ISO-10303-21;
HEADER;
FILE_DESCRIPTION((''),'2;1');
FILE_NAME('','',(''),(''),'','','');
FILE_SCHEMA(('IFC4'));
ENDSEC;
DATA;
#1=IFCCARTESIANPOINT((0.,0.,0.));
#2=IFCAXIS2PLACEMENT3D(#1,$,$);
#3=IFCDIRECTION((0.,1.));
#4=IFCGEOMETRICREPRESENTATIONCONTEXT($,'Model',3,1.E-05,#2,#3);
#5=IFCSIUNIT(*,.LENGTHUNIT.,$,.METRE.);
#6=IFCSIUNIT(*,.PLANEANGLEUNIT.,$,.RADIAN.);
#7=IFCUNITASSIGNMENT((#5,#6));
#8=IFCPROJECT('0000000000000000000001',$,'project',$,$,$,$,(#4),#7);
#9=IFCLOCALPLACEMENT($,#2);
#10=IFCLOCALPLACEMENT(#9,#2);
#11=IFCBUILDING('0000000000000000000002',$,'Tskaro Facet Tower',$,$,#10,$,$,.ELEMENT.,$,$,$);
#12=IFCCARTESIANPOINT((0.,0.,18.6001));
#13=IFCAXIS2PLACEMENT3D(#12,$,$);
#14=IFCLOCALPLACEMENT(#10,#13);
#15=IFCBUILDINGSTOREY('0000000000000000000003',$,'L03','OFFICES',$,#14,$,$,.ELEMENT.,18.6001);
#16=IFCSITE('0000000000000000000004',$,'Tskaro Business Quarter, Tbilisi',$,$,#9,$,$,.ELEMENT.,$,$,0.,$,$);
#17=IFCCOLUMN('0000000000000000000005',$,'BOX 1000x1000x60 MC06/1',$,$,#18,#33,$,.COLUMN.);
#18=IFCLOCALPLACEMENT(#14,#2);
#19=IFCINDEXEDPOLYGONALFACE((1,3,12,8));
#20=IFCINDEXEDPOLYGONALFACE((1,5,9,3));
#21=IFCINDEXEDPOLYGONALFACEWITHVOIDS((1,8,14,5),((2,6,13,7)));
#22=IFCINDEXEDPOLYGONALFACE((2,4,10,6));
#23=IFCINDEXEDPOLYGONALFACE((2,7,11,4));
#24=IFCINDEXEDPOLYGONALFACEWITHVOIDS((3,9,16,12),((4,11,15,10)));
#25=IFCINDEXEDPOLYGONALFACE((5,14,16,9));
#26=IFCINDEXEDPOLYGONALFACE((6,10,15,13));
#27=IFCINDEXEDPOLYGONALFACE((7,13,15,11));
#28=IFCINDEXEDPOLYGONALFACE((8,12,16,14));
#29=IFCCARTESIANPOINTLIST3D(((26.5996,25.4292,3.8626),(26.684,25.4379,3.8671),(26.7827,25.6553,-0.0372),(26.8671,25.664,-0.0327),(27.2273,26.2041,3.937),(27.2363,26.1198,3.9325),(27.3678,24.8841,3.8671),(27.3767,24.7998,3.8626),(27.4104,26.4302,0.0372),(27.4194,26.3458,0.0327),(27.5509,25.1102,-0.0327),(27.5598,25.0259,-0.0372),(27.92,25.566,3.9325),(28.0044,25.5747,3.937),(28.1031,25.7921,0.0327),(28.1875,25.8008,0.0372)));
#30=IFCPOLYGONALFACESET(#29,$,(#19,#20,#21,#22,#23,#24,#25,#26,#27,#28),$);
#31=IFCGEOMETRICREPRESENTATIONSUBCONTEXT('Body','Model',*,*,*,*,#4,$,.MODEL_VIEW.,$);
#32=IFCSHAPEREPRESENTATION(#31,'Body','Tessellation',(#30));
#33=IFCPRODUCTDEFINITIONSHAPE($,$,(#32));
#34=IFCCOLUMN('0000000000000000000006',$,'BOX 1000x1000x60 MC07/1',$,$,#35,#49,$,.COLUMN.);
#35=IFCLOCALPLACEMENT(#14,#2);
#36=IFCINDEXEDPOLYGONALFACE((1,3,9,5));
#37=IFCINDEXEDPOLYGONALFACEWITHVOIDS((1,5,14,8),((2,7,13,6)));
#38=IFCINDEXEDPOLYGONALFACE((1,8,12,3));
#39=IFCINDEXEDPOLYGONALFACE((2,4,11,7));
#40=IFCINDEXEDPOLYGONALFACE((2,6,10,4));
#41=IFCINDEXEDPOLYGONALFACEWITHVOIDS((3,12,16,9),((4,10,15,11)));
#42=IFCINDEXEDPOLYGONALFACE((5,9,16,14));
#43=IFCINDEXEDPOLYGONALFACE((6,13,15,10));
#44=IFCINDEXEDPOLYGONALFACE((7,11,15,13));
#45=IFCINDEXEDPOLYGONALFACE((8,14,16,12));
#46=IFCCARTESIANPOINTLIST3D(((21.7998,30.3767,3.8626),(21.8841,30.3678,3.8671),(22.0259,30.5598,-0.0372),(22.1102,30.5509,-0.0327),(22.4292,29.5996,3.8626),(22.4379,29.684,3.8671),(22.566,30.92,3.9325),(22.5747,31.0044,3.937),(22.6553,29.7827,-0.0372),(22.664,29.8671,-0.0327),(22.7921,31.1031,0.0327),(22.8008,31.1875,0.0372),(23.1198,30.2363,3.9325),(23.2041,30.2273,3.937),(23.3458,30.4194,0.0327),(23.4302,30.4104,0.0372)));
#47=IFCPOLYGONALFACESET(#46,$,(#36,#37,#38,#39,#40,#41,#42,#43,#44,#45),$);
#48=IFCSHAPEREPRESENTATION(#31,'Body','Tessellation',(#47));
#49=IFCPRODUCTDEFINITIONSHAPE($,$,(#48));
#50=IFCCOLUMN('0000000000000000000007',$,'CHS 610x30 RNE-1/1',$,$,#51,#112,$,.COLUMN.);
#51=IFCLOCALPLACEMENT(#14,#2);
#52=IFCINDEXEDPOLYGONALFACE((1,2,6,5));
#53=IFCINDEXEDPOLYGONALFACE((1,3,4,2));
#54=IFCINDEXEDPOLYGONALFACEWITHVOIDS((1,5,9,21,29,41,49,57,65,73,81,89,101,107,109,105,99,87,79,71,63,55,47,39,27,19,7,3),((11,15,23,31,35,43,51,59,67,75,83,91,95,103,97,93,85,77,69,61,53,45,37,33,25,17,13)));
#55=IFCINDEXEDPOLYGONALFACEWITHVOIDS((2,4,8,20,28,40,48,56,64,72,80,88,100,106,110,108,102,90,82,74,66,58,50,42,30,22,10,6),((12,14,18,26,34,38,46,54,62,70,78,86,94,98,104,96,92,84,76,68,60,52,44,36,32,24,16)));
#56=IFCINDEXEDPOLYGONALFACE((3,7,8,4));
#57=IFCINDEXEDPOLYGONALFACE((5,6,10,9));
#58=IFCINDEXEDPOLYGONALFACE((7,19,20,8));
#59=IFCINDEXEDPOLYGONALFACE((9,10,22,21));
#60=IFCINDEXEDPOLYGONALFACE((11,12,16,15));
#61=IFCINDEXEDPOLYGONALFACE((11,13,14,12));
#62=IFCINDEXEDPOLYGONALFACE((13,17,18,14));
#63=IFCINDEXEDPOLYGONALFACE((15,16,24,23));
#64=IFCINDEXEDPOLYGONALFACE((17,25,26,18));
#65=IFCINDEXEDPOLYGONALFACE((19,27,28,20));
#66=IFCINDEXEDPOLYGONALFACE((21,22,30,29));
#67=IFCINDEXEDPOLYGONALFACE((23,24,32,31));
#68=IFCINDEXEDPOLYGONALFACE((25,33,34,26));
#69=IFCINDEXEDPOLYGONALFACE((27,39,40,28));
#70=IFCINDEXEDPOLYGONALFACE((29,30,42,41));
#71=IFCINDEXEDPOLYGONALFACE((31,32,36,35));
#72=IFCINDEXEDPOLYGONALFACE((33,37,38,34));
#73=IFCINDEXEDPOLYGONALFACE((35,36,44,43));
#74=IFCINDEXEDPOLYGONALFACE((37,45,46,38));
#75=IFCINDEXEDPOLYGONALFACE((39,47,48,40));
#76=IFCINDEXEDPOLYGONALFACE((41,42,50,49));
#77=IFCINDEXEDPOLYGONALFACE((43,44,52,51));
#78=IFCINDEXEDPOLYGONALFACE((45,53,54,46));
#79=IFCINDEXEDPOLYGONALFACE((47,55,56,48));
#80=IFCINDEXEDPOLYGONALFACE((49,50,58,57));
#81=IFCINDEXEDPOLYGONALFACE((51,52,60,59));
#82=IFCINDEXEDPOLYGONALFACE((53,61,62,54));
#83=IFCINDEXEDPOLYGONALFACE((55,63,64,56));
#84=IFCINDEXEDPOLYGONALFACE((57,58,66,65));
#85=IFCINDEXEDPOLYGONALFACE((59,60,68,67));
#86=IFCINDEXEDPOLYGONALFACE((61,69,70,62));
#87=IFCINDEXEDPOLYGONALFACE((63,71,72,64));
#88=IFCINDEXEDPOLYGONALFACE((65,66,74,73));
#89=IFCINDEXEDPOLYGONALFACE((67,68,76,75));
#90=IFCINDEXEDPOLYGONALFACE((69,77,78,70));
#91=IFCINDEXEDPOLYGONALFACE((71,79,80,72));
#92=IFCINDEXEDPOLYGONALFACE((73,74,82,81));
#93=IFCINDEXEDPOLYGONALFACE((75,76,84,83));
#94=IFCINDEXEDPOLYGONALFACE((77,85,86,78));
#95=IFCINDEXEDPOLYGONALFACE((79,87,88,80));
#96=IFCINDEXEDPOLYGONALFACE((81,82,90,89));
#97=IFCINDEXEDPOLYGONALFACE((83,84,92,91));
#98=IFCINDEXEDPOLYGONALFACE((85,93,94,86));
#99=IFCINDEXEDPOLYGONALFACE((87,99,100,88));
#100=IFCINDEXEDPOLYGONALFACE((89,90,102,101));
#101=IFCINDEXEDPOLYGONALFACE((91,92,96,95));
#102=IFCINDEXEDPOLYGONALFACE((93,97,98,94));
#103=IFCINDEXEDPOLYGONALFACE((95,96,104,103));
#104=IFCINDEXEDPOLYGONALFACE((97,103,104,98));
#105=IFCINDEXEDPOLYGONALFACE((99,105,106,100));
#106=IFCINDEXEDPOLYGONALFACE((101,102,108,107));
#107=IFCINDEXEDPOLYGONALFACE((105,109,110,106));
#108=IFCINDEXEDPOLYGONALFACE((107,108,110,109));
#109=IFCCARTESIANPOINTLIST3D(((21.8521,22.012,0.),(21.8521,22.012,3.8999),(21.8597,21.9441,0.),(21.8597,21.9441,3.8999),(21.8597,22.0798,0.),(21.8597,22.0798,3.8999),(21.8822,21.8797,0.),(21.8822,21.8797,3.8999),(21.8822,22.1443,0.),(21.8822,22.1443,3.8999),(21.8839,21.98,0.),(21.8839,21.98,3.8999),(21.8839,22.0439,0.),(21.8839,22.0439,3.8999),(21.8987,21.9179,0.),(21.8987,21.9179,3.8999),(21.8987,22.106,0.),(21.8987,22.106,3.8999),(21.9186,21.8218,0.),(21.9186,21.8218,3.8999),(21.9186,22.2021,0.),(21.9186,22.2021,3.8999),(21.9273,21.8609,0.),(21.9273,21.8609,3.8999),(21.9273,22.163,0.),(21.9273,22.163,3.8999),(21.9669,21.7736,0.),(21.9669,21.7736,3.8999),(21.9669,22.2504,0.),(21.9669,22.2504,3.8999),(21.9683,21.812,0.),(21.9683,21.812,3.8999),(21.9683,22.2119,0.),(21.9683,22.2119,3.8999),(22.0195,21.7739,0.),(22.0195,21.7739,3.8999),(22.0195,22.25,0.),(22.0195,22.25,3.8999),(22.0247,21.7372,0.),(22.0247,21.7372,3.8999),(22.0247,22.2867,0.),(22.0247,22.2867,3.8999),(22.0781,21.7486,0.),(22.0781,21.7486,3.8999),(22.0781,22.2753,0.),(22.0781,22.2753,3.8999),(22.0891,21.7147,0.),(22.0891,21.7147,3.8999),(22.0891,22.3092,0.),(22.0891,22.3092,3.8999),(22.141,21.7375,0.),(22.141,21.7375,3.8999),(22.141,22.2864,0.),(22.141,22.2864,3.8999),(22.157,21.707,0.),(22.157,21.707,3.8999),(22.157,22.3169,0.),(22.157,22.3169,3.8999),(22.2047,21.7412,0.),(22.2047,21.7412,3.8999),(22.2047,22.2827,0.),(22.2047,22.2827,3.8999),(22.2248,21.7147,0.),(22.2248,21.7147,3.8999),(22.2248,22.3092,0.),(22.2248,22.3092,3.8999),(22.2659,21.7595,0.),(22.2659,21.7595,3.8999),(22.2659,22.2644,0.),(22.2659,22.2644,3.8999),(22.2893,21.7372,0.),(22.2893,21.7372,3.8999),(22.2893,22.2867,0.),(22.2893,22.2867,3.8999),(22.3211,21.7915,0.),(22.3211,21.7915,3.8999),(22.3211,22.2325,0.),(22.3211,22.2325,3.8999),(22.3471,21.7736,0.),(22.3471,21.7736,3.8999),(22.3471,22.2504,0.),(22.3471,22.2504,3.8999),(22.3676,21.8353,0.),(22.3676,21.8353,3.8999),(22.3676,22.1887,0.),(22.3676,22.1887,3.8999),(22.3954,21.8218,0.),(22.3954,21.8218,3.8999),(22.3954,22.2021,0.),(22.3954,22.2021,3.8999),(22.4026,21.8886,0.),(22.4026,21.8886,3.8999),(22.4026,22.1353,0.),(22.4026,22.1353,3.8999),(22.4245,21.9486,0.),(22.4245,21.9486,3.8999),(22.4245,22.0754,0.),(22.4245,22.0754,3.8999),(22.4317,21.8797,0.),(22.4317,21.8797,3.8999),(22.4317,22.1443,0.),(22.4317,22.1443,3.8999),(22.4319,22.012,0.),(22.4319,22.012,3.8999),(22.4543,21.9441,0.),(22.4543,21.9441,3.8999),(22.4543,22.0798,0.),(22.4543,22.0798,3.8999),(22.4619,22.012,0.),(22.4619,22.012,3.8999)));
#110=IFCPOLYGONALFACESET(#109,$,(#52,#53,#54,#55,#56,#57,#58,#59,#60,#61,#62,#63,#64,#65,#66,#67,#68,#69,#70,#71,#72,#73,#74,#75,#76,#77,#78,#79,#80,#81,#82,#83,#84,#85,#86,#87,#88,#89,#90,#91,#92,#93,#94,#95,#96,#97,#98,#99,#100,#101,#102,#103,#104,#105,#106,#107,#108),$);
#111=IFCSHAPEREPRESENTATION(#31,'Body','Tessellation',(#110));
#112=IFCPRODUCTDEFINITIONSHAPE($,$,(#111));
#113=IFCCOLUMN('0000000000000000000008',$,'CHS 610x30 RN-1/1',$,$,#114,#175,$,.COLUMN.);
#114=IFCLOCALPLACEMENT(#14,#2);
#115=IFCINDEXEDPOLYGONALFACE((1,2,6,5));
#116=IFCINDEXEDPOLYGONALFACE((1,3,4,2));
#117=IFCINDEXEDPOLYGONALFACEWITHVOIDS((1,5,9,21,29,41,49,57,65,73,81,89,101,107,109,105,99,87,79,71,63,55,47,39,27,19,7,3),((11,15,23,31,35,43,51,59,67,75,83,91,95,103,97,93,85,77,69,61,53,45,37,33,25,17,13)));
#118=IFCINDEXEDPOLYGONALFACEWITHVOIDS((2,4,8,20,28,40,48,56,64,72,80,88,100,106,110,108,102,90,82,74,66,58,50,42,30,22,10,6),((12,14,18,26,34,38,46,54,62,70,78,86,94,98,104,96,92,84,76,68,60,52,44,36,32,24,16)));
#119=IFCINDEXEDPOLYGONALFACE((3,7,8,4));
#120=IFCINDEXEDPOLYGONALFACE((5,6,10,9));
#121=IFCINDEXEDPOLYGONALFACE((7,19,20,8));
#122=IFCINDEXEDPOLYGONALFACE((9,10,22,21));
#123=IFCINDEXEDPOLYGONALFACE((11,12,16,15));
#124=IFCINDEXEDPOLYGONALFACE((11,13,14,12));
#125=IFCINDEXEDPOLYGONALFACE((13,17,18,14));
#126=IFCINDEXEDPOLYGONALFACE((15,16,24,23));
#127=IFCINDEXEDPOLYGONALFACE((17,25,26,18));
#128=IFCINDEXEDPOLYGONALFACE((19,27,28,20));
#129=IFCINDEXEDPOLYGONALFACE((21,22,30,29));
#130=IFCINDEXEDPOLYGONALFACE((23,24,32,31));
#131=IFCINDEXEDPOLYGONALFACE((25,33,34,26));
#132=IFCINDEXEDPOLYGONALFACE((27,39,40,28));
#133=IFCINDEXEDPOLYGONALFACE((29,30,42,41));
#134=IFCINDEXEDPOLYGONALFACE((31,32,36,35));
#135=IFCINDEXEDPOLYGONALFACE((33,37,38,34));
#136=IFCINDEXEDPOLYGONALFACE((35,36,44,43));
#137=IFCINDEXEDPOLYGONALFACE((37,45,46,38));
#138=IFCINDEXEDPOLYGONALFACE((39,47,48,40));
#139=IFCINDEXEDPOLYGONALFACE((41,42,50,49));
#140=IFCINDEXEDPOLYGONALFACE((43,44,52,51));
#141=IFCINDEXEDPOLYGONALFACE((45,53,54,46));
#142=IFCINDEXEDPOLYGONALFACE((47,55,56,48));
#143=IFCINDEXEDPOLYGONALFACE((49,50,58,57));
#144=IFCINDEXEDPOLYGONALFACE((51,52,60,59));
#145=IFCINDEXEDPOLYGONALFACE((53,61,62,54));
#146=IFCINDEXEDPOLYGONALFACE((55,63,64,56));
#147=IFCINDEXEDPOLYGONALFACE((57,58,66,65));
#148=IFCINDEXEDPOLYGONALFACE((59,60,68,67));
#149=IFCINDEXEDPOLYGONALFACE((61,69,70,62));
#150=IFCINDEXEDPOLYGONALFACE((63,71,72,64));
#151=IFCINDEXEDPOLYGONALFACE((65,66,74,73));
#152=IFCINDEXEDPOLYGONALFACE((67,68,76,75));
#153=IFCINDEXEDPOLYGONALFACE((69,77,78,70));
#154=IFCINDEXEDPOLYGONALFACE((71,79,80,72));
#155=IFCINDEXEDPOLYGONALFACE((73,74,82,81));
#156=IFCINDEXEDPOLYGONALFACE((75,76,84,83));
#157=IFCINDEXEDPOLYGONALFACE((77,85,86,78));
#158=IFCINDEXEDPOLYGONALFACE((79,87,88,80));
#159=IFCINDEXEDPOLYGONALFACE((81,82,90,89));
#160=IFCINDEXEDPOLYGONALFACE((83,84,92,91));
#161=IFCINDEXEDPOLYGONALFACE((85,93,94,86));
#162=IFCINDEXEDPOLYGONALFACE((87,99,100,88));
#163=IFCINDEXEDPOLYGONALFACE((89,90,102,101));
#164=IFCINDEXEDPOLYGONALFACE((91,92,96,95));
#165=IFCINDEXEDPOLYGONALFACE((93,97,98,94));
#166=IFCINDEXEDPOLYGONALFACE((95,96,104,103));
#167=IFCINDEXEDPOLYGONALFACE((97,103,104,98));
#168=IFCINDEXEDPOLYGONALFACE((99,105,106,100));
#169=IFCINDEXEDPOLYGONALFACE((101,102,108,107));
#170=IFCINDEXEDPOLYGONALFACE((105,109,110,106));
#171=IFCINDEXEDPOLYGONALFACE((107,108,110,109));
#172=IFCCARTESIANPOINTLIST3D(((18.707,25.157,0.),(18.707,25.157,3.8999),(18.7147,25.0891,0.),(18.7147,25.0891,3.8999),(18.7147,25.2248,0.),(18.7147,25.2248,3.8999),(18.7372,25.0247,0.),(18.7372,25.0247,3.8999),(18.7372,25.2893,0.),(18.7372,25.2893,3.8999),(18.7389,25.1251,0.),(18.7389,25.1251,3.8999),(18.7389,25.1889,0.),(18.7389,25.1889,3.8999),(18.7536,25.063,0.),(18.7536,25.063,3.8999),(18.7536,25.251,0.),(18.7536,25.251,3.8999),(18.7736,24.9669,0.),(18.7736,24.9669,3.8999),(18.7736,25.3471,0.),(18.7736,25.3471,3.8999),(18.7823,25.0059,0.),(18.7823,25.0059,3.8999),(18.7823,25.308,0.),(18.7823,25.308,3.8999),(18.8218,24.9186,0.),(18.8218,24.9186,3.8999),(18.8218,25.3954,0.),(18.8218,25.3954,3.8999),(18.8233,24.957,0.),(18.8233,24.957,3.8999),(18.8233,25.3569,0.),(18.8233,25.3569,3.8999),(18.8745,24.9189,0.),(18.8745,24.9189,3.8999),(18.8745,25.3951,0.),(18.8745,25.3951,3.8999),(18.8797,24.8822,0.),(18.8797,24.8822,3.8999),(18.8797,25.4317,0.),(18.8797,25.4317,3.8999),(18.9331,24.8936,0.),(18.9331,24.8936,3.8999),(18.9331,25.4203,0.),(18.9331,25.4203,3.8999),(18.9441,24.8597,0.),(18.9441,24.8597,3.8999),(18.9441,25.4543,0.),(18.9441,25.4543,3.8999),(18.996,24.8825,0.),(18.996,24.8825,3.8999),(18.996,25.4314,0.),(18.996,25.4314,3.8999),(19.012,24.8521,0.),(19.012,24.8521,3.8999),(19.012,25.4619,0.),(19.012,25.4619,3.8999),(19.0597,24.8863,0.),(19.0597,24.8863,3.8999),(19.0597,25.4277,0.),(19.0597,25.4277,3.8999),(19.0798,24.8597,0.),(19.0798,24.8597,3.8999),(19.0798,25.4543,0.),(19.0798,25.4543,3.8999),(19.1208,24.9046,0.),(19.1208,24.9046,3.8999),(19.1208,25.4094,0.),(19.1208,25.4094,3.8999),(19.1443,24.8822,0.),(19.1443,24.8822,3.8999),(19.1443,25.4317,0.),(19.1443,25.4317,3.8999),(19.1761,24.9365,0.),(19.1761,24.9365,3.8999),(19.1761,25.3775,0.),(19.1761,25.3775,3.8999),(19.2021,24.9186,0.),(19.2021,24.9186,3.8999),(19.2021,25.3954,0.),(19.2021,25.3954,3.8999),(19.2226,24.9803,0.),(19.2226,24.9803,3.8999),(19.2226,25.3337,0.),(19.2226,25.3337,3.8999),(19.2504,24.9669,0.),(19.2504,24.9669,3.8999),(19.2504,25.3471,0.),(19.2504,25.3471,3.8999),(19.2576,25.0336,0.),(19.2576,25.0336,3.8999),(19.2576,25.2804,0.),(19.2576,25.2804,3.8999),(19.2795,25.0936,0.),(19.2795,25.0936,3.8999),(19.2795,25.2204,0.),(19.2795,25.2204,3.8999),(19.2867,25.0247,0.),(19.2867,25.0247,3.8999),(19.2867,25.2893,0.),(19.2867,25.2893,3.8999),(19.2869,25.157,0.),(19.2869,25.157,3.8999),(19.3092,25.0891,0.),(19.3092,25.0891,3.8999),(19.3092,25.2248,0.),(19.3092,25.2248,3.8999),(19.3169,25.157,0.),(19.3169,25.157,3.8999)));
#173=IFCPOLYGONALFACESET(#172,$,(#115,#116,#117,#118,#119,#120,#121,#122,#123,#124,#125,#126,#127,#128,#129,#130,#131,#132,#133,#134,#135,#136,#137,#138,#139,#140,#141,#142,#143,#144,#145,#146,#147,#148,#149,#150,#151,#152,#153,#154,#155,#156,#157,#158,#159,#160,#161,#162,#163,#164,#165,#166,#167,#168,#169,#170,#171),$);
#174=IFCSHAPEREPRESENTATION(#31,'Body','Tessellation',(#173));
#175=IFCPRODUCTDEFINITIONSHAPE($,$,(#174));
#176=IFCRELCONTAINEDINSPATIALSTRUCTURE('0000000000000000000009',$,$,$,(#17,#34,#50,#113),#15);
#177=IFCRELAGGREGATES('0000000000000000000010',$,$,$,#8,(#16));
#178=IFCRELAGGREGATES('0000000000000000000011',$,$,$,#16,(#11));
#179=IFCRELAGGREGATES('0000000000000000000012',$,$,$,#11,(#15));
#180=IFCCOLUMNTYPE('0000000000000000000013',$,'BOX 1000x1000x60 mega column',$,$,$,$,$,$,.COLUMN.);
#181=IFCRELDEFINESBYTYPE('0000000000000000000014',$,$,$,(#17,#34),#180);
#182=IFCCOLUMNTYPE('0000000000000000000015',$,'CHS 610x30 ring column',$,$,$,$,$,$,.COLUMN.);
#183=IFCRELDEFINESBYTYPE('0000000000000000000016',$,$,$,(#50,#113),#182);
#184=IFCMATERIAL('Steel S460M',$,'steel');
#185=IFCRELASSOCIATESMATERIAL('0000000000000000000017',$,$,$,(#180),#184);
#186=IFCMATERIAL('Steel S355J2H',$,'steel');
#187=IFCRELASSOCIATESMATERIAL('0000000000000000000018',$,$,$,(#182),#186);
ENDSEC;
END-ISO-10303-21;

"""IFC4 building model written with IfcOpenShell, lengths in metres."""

from ifc_helpers import new_model, si_unit, direction, frame, origin, origin_2d, place, context, subcontext, project, spatial, hollow_rectangle, hollow_circle, extrude, material, material_profile, profile_set, type_object, element, save


model = new_model("IFC4")

# Units and contexts
model_context = context("Model", 3, precision=1e-05, world=origin(), true_north=direction((0.0, 1.0)))
body_context = subcontext(model_context, "Body", "Model", "MODEL_VIEW")
ifc_project = project(units=[si_unit("LENGTHUNIT", "METRE"), si_unit("PLANEANGLEUNIT", "RADIAN")], contexts=[model_context])

# Site, building, storey
site_placement = place(None, origin())
site = spatial("IfcSite", under=ifc_project, at=site_placement, Name="Tskaro Business Quarter, Tbilisi", CompositionType="ELEMENT", RefElevation=0.0)
building_placement = place(site_placement, origin())
building = spatial("IfcBuilding", under=site, at=building_placement, Name="Tskaro Facet Tower", CompositionType="ELEMENT")
storey_placement = place(building_placement, frame((0.0, 0.0, 18.6001)))
storey = spatial("IfcBuildingStorey", under=building, at=storey_placement, Name="L03", Description="OFFICES", CompositionType="ELEMENT", Elevation=18.6001)

# Columns
ifc_material_1 = material(Name="Steel S460M", Category="steel")
ifc_material_profile_1 = material_profile(ifc_material_1, hollow_rectangle(XDim=1.0, YDim=1.0, WallThickness=0.0601, at=origin_2d()), Name="BOX 1000x1000x60")
ifc_profile_set_1 = profile_set([ifc_material_profile_1], Name="Steel S460M")
column_type_1 = type_object("IfcColumnType", Name="BOX 1000x1000x60 mega column", PredefinedType="COLUMN", material=ifc_profile_set_1)
for number, where, z_axis, x_axis, name in (
    (1, (27.4851, 25.728, 0.0), (-0.046821, -0.057809, 0.997229), (0.777089, -0.629391, 0.0), "BOX 1000x1000x60 MC06/1"),
    (2, (22.728, 30.4851, 0.0), (-0.057809, -0.046821, 0.997229), (0.629391, -0.777089, 0.0), "BOX 1000x1000x60 MC07/1"),
):
    element("IfcColumn", number, at=place(storey_placement, frame(where, z_axis=z_axis, x_axis=x_axis)), inside=storey, type_object=column_type_1, Name=name, PredefinedType="COLUMN", context=body_context, shape_type="SweptSolid", body=[
        extrude(hollow_rectangle(XDim=1.0, YDim=1.0, WallThickness=0.0601, at=origin_2d()), origin(), (0.0, 0.0, 1.0), 3.9106),
    ])
ifc_material_2 = material(Name="Steel S355J2H", Category="steel")
ifc_material_profile_2 = material_profile(ifc_material_2, hollow_circle(Radius=0.3049, WallThickness=0.03, at=origin_2d()), Name="CHS 610x30")
ifc_profile_set_2 = profile_set([ifc_material_profile_2], Name="Steel S355J2H")
column_type_2 = type_object("IfcColumnType", Name="CHS 610x30 ring column", PredefinedType="COLUMN", material=ifc_profile_set_2)
for number, where, z_axis, x_axis, name in (
    (3, (22.157, 22.012, 0.0), (0.0, 0.0, 1.0), (1.0, 0.0, 0.0), "CHS 610x30 RNE-1/1"),
    (4, (19.012, 25.157, 0.0), (0.0, 0.0, 1.0), (1.0, 0.0, 0.0), "CHS 610x30 RN-1/1"),
):
    element("IfcColumn", number, at=place(storey_placement, frame(where, z_axis=z_axis, x_axis=x_axis)), inside=storey, type_object=column_type_2, Name=name, PredefinedType="COLUMN", context=body_context, shape_type="SweptSolid", body=[
        extrude(hollow_circle(Radius=0.3049, WallThickness=0.03, at=origin_2d()), origin(), (0.0, 0.0, 1.0), 3.8999),
    ])

save(model, "model.ifc")
